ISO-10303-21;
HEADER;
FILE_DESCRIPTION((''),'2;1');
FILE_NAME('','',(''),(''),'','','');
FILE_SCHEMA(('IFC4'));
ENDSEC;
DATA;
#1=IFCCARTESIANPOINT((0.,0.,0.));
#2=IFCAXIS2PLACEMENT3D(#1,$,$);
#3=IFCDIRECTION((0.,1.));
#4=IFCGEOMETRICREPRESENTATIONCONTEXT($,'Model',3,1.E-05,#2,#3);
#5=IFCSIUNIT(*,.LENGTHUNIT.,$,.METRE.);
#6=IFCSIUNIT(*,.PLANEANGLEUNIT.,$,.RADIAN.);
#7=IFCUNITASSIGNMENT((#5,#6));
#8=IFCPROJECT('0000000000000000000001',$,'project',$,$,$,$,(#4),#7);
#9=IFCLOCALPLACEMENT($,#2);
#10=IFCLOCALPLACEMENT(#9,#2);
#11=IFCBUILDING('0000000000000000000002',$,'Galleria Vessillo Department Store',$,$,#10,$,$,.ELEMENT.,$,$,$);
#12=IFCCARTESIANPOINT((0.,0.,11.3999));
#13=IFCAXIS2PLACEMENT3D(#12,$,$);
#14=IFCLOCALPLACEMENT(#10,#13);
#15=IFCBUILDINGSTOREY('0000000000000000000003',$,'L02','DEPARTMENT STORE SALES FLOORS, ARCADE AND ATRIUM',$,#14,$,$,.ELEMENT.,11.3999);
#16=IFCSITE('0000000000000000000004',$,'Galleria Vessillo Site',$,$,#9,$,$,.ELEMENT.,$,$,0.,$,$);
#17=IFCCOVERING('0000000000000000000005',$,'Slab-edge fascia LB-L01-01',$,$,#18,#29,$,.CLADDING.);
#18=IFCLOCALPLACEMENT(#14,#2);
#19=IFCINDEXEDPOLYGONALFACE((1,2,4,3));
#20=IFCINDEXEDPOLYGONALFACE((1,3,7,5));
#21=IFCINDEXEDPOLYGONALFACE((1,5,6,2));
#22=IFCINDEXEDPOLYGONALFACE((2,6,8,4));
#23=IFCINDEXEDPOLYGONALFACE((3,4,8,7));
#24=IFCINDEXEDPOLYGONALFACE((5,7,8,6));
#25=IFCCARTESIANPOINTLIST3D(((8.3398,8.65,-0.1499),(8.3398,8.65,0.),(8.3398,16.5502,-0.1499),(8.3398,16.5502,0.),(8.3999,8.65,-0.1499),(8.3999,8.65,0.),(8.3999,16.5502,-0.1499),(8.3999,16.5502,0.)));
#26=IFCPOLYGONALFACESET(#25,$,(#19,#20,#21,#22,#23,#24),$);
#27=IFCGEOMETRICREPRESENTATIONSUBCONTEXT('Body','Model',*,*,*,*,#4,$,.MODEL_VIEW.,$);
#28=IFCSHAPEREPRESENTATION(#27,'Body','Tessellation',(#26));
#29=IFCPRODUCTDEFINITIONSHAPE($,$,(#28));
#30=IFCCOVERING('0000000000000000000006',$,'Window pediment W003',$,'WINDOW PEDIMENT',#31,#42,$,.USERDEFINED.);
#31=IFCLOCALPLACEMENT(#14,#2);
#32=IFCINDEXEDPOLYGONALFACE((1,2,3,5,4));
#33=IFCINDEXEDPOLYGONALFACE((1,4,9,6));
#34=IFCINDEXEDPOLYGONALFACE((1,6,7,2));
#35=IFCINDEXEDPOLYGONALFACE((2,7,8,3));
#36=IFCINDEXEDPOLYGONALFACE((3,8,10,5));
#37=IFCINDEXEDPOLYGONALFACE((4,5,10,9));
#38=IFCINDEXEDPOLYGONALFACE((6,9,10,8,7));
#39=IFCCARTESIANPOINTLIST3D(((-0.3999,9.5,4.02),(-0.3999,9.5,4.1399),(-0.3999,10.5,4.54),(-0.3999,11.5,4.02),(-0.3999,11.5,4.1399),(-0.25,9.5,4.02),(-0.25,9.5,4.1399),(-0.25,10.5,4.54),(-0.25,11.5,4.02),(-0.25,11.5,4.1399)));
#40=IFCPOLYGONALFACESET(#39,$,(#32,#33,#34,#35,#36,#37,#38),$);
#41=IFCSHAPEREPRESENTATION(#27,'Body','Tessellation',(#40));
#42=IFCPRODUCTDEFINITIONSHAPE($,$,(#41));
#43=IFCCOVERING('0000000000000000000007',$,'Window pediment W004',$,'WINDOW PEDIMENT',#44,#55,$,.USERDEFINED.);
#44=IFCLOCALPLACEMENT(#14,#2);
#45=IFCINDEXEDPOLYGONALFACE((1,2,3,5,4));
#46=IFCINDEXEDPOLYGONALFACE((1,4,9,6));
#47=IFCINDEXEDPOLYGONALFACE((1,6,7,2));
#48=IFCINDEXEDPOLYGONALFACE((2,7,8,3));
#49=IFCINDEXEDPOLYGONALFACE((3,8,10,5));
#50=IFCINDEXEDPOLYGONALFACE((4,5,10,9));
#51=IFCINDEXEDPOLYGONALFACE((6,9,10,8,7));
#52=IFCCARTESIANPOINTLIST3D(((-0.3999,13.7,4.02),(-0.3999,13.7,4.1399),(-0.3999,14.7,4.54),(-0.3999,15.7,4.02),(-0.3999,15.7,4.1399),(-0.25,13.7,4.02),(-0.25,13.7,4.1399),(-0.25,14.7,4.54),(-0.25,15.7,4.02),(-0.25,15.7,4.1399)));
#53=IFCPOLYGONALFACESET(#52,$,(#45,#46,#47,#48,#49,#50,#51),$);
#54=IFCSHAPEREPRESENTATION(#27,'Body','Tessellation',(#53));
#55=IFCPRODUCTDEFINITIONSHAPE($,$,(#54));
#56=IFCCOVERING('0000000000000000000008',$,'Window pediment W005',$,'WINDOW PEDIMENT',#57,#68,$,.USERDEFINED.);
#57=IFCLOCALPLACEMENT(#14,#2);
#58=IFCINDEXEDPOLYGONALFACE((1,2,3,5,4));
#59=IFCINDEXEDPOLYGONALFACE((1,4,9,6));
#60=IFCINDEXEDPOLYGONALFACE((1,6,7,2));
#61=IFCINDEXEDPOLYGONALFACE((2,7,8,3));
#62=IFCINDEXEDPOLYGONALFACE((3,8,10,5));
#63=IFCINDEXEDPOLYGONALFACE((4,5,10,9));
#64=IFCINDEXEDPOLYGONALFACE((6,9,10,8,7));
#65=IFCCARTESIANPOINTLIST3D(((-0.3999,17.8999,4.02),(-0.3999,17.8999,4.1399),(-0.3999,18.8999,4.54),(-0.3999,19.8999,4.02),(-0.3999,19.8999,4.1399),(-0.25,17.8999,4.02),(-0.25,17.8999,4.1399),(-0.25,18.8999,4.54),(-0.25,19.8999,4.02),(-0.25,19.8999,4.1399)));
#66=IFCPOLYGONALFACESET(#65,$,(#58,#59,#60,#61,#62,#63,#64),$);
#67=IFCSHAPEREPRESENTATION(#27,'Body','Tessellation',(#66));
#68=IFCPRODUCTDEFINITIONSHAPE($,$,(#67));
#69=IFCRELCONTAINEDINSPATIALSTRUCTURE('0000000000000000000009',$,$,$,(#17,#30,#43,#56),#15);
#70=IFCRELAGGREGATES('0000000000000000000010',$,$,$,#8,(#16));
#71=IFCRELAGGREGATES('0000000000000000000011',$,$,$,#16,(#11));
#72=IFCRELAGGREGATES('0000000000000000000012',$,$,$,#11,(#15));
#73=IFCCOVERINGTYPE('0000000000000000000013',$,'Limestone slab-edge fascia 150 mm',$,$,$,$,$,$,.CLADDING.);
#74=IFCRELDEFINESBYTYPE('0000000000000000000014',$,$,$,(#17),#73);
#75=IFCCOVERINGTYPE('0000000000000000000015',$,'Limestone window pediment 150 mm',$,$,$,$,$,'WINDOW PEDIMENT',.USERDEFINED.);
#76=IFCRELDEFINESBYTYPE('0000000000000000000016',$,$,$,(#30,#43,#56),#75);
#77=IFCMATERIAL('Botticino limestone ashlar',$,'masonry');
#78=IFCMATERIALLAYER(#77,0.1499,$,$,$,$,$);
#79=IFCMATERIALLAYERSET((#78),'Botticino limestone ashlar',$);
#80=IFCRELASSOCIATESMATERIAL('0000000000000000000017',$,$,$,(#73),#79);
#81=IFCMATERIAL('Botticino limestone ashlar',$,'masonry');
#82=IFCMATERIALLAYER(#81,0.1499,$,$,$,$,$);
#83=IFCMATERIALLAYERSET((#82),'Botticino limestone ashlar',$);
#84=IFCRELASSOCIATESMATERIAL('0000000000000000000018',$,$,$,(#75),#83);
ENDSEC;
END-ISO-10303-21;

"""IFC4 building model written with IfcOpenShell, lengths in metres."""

from ifc_helpers import new_model, si_unit, direction, frame, origin, origin_2d, place, context, subcontext, project, spatial, polyline, rectangle, outline, extrude, material, layer, layer_set, type_object, element, save


model = new_model("IFC4")

# Units and contexts
model_context = context("Model", 3, precision=1e-05, world=origin(), true_north=direction((0.0, 1.0)))
body_context = subcontext(model_context, "Body", "Model", "MODEL_VIEW")
ifc_project = project(units=[si_unit("LENGTHUNIT", "METRE"), si_unit("PLANEANGLEUNIT", "RADIAN")], contexts=[model_context])

# Site, building, storey
site_placement = place(None, origin())
site = spatial("IfcSite", under=ifc_project, at=site_placement, Name="Galleria Vessillo Site", CompositionType="ELEMENT", RefElevation=0.0)
building_placement = place(site_placement, origin())
building = spatial("IfcBuilding", under=site, at=building_placement, Name="Galleria Vessillo Department Store", CompositionType="ELEMENT")
storey_placement = place(building_placement, frame((0.0, 0.0, 11.3999)))
storey = spatial("IfcBuildingStorey", under=building, at=storey_placement, Name="L02", Description="DEPARTMENT STORE SALES FLOORS, ARCADE AND ATRIUM", CompositionType="ELEMENT", Elevation=11.3999)

# Coverings
ifc_material_1 = material(Name="Botticino limestone ashlar", Category="masonry")
ifc_layer_1 = layer(ifc_material_1, 0.1499)
ifc_layer_set_1 = layer_set([ifc_layer_1], Name="Botticino limestone ashlar")
covering_type_1 = type_object("IfcCoveringType", Name="Limestone slab-edge fascia 150 mm", PredefinedType="CLADDING", material=ifc_layer_set_1)
covering_1_placement = place(storey_placement, frame((8.3699, 12.6001, -0.1499), z_axis=(0.0, 0.0, 1.0), x_axis=(1.0, 0.0, 0.0)))
element("IfcCovering", 1, at=covering_1_placement, inside=storey, type_object=covering_type_1, Name="Slab-edge fascia LB-L01-01", PredefinedType="CLADDING", context=body_context, shape_type="SweptSolid", body=[
    extrude(rectangle(XDim=0.0601, YDim=7.9001, at=origin_2d()), origin(), (0.0, 0.0, 1.0), 0.1499),
])
ifc_material_2 = material(Name="Botticino limestone ashlar", Category="masonry")
ifc_layer_2 = layer(ifc_material_2, 0.1499)
ifc_layer_set_2 = layer_set([ifc_layer_2], Name="Botticino limestone ashlar")
covering_type_2 = type_object("IfcCoveringType", Name="Limestone window pediment 150 mm", ElementType="WINDOW PEDIMENT", PredefinedType="USERDEFINED", material=ifc_layer_set_2)
for number, where, z_axis, x_axis, name in (
    (2, (-0.325, 9.5, 4.02), (0.0, 0.0, 1.0), (0.0, 1.0, 0.0), "Window pediment W003"),
    (3, (-0.325, 13.7, 4.02), (0.0, 0.0, 1.0), (0.0, 1.0, 0.0), "Window pediment W004"),
    (4, (-0.325, 17.8999, 4.02), (0.0, 0.0, 1.0), (0.0, 1.0, 0.0), "Window pediment W005"),
):
    element("IfcCovering", number, at=place(storey_placement, frame(where, z_axis=z_axis, x_axis=x_axis)), inside=storey, type_object=covering_type_2, Name=name, ObjectType="WINDOW PEDIMENT", PredefinedType="USERDEFINED", context=body_context, shape_type="SweptSolid", body=[
        extrude(outline(polyline([(0.0, 0.0), (2.0, 0.0), (2.0, 0.1199), (1.0, 0.52), (0.0, 0.1199), (0.0, 0.0)])), frame((0.0, 0.075, 0.0), z_axis=(0.0, -1.0, 0.0), x_axis=(1.0, 0.0, 0.0)), (0.0, 0.0, 1.0), 0.1499),
    ])

save(model, "model.ifc")
